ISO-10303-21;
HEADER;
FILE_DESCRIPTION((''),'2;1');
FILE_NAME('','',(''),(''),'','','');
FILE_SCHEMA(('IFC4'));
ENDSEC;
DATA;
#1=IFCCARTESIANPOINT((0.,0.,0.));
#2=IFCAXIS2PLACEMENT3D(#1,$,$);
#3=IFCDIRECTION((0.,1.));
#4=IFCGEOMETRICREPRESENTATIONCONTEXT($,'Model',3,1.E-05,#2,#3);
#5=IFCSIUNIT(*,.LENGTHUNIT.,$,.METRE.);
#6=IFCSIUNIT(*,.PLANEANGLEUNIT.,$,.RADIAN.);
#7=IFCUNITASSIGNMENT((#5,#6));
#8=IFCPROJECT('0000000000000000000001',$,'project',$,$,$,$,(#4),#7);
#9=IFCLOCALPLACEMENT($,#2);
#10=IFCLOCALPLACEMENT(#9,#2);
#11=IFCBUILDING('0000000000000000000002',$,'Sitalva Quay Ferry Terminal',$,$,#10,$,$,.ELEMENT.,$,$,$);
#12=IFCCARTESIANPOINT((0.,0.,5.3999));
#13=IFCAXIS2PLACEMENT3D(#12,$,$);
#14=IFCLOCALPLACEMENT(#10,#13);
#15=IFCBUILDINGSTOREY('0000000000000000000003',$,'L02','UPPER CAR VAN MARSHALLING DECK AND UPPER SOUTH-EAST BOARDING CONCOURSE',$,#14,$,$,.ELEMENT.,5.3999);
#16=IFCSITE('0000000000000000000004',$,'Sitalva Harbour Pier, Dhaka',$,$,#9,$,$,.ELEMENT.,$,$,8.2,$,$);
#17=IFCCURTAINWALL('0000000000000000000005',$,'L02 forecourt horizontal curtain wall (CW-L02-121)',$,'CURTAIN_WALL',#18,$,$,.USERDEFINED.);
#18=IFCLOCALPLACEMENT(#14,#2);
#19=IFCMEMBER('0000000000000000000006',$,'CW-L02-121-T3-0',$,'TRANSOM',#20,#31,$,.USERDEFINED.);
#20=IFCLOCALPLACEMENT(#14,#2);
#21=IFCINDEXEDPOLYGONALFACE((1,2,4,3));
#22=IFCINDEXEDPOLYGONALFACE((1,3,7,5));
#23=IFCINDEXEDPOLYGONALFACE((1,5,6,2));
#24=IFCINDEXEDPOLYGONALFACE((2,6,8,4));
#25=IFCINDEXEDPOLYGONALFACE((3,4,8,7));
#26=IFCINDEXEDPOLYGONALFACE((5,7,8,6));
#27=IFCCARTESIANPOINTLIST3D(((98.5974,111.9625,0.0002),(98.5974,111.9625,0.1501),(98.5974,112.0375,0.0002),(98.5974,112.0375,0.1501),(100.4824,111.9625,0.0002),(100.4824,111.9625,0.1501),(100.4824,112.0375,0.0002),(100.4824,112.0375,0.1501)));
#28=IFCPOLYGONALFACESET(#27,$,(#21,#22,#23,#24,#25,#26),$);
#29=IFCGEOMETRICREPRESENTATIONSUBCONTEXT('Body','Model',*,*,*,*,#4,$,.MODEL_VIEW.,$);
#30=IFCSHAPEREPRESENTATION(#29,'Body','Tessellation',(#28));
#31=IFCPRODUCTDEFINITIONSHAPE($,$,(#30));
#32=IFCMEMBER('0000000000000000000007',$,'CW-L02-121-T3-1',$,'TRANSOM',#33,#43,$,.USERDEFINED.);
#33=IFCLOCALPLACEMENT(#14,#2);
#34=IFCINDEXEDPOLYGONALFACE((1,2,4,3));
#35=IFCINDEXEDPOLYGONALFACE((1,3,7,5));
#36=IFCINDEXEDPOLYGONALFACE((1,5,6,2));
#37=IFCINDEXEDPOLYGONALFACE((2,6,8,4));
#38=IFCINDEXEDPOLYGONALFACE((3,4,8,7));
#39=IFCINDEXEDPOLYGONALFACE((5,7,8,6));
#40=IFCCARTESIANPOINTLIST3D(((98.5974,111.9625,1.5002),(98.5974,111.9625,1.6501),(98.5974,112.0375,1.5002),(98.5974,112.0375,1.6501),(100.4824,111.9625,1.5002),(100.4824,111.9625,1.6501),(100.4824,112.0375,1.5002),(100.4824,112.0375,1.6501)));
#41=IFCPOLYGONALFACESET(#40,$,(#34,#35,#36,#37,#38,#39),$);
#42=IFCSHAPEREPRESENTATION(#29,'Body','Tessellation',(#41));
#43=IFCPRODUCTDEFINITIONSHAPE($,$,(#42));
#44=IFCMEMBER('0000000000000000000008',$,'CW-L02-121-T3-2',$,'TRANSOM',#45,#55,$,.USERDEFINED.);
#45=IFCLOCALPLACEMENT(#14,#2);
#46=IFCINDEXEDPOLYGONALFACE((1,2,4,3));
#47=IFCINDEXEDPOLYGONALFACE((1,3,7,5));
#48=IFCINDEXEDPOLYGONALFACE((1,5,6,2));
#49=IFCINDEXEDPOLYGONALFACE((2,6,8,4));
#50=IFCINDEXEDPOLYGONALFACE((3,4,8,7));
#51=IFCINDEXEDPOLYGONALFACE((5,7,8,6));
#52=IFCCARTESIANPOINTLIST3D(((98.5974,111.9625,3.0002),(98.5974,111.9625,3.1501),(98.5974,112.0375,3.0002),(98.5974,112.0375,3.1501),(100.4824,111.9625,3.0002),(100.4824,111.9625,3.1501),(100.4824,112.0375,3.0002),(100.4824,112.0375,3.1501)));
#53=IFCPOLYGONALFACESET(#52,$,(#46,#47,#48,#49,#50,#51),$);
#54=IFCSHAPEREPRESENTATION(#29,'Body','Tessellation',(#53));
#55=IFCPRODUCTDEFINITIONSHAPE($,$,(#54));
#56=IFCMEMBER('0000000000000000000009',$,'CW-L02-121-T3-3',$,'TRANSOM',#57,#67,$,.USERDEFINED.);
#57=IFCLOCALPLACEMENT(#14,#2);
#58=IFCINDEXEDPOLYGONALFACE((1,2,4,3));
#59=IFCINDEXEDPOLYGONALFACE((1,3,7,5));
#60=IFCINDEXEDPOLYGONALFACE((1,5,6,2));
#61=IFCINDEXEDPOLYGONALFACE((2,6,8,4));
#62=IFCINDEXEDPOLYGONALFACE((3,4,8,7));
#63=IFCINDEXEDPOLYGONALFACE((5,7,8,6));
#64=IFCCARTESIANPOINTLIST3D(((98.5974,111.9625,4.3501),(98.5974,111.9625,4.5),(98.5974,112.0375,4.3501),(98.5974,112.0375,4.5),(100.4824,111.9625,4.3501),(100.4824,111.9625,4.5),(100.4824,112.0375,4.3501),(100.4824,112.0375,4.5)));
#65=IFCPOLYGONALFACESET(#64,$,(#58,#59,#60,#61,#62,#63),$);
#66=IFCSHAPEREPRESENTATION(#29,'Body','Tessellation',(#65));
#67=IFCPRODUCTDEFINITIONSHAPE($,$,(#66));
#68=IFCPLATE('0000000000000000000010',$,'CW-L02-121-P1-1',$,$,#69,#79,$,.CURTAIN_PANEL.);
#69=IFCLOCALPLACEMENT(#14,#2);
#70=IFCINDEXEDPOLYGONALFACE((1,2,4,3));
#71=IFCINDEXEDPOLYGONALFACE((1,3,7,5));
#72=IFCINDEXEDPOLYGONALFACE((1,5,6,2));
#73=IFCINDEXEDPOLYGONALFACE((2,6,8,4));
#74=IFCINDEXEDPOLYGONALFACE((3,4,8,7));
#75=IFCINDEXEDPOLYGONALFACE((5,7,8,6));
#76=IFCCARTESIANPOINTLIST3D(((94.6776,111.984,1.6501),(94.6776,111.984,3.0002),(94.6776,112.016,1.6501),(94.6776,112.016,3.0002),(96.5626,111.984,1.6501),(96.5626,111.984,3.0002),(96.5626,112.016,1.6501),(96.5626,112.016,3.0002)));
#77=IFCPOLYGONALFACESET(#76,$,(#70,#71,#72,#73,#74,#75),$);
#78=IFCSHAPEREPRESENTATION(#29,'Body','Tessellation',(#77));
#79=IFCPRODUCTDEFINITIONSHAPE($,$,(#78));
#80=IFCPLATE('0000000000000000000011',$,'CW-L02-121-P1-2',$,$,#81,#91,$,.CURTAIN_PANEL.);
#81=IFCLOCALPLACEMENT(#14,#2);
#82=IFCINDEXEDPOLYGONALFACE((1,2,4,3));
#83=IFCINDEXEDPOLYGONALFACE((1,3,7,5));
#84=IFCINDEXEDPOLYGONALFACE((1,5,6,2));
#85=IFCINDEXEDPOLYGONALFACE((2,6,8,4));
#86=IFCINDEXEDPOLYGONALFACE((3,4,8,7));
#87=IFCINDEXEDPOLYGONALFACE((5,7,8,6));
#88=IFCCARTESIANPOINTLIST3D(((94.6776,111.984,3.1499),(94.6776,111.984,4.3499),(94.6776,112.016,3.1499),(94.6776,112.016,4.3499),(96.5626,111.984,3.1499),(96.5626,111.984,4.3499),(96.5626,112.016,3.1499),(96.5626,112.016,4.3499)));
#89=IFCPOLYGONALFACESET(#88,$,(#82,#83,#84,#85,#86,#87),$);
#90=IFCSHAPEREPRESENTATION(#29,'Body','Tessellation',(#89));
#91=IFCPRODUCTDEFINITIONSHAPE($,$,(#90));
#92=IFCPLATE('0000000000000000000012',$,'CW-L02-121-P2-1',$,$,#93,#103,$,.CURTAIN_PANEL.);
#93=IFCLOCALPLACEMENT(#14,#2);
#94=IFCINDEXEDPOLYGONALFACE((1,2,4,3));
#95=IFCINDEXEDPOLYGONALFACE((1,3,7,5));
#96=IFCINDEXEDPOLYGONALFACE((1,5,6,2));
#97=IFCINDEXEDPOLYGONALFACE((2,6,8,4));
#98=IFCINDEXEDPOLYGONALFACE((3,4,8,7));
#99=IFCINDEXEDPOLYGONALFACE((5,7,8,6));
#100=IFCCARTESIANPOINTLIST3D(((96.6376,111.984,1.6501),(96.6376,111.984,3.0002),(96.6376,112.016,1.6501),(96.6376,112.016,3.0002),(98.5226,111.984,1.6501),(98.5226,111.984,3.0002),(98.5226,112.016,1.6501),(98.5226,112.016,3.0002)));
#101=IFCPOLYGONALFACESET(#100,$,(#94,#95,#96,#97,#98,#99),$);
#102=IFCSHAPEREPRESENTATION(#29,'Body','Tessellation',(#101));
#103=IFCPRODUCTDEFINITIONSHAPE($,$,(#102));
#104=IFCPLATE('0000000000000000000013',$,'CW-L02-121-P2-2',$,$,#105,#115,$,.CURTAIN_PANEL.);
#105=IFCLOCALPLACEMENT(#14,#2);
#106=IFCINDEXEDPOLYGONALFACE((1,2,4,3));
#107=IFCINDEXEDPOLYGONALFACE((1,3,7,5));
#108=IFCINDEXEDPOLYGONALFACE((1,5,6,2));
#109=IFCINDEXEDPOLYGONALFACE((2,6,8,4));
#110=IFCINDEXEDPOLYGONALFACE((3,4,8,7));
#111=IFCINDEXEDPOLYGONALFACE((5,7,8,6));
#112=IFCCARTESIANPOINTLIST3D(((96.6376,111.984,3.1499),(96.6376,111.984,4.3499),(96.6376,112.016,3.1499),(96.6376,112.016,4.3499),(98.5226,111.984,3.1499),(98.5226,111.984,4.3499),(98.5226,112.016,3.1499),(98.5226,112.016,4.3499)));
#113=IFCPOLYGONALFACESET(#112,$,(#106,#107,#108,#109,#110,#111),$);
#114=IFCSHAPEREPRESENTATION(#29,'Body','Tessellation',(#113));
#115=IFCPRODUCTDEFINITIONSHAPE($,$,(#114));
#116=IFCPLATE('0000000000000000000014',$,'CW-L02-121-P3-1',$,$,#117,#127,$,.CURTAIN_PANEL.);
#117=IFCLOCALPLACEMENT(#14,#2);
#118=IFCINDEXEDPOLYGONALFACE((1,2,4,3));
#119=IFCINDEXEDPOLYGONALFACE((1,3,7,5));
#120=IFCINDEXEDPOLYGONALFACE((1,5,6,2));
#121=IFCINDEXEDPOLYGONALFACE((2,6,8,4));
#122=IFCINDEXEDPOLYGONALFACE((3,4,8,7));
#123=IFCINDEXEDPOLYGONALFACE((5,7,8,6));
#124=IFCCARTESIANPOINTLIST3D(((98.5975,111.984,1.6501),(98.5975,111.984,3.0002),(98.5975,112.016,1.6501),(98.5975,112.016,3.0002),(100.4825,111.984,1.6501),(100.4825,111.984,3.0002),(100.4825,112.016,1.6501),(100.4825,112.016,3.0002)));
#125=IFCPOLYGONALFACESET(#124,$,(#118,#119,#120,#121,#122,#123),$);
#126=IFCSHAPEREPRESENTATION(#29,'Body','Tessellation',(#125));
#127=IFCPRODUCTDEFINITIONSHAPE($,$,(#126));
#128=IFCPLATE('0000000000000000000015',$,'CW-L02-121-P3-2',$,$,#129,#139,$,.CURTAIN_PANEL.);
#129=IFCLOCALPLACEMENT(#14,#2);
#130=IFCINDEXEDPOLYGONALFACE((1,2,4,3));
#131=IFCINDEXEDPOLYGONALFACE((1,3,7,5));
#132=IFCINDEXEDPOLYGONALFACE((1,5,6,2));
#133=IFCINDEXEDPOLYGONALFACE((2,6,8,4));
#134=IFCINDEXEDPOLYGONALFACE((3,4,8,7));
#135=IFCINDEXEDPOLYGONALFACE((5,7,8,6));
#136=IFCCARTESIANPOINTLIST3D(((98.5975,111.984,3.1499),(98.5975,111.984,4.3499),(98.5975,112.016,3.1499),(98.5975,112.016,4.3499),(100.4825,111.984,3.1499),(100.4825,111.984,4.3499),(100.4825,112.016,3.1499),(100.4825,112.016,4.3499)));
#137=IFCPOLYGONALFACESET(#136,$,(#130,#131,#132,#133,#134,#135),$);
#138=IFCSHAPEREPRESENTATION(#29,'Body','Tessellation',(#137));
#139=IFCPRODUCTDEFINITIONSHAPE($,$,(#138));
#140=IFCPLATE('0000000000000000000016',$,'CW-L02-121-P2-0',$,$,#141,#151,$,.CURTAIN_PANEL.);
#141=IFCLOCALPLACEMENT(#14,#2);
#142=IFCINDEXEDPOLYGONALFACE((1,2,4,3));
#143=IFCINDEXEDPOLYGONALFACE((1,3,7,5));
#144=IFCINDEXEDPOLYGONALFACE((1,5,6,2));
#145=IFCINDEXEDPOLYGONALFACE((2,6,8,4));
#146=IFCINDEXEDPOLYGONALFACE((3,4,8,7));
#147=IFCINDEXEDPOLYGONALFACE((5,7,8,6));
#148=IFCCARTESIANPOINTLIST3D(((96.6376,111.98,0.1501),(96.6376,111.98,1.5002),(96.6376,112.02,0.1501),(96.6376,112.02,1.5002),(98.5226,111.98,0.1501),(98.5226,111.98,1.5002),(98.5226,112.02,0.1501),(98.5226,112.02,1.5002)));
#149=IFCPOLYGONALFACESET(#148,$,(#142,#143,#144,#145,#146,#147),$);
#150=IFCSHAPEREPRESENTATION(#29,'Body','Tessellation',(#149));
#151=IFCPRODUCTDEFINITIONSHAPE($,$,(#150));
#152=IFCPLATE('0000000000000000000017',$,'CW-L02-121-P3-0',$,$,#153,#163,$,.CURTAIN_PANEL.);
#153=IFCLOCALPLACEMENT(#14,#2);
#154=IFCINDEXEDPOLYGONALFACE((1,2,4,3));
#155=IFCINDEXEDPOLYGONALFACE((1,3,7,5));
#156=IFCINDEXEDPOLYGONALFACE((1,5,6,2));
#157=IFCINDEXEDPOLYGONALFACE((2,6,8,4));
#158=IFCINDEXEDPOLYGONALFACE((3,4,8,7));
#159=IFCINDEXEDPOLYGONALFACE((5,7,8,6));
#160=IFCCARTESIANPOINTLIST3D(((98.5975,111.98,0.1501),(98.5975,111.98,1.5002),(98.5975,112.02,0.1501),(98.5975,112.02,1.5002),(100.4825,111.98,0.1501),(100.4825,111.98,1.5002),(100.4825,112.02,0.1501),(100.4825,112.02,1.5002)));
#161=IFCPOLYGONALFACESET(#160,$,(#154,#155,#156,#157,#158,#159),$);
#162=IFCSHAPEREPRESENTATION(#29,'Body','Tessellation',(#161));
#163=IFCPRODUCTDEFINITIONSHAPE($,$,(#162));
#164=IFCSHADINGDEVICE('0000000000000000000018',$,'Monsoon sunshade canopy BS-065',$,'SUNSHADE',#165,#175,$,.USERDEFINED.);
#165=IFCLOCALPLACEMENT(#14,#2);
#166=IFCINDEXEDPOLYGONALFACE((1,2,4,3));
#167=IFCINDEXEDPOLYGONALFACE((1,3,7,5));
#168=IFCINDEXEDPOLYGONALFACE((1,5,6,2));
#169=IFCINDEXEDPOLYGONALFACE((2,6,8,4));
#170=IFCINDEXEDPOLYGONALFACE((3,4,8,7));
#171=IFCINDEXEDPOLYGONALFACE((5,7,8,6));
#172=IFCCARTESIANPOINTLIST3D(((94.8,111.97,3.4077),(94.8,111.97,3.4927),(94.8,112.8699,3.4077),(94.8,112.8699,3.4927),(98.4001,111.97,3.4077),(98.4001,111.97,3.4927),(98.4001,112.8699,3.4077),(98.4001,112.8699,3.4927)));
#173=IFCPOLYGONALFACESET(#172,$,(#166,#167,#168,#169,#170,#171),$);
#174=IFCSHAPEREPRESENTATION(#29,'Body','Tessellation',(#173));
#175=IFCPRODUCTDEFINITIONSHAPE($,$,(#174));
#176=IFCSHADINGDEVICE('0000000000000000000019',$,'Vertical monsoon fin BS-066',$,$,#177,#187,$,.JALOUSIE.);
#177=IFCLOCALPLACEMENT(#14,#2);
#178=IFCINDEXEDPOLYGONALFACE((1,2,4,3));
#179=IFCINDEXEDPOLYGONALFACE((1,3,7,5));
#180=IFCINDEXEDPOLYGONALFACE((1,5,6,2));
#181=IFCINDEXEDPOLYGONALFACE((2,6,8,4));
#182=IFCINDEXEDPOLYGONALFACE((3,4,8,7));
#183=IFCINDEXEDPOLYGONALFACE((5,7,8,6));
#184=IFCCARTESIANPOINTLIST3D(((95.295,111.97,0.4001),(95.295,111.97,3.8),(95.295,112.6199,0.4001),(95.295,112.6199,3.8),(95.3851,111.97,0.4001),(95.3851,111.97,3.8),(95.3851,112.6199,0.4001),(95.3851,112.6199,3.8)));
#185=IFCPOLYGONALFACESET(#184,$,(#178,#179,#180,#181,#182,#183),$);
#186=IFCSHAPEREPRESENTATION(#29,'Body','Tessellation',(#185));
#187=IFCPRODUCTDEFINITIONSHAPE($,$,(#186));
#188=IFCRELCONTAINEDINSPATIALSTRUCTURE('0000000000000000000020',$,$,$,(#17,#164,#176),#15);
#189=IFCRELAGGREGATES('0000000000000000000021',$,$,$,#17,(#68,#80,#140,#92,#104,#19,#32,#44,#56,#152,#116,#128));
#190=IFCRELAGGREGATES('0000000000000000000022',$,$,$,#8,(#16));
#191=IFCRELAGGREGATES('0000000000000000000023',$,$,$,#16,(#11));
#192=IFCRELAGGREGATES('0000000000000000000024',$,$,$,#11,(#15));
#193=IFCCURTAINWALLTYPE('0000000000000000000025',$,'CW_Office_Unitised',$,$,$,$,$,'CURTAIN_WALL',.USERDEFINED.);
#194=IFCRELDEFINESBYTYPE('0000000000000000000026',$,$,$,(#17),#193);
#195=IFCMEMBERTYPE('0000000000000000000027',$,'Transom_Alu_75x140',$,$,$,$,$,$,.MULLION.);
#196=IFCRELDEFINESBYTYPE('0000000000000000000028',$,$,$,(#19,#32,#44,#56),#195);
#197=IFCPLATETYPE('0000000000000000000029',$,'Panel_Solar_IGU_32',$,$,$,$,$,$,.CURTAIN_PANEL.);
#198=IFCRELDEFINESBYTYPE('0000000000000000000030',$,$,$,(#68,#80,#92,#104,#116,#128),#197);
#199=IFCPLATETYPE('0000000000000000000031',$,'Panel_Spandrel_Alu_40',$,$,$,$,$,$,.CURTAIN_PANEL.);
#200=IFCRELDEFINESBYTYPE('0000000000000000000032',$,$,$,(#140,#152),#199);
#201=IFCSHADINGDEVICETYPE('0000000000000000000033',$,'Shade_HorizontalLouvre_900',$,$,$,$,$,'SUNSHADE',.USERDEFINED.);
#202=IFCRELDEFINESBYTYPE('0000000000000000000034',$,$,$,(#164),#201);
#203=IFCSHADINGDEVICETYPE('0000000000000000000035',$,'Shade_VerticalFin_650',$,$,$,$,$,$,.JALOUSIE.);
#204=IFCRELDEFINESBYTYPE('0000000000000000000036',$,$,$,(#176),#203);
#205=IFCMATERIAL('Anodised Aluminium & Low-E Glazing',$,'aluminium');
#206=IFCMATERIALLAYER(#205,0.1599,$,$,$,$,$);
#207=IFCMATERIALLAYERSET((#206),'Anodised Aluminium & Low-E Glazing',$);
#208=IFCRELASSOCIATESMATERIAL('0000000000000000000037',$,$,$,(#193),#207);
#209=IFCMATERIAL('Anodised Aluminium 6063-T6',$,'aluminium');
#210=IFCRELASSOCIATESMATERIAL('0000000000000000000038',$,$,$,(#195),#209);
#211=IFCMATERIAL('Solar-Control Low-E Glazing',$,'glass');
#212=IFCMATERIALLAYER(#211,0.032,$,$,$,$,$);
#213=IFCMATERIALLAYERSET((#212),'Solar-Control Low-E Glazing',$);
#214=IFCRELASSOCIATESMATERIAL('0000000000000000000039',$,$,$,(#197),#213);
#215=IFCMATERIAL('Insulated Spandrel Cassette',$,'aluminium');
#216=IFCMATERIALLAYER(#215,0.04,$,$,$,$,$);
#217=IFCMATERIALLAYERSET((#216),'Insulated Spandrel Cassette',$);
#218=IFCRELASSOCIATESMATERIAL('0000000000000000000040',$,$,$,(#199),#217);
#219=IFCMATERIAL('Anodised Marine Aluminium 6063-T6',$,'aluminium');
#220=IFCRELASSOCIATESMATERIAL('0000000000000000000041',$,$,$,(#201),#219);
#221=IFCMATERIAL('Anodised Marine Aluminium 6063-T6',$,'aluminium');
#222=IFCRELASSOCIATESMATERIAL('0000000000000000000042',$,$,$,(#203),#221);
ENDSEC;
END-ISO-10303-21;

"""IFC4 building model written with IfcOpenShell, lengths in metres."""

from ifc_helpers import new_model, si_unit, direction, frame, origin, origin_2d, place, context, subcontext, project, spatial, rectangle, extrude, material, layer, layer_set, material_profile, profile_set, type_object, element, aggregate, save


model = new_model("IFC4")

# Units and contexts
model_context = context("Model", 3, precision=1e-05, world=origin(), true_north=direction((0.0, 1.0)))
body_context = subcontext(model_context, "Body", "Model", "MODEL_VIEW")
ifc_project = project(units=[si_unit("LENGTHUNIT", "METRE"), si_unit("PLANEANGLEUNIT", "RADIAN")], contexts=[model_context])

# Site, building, storey
site_placement = place(None, origin())
site = spatial("IfcSite", under=ifc_project, at=site_placement, Name="Sitalva Harbour Pier, Dhaka", CompositionType="ELEMENT", RefElevation=8.2)
building_placement = place(site_placement, origin())
building = spatial("IfcBuilding", under=site, at=building_placement, Name="Sitalva Quay Ferry Terminal", CompositionType="ELEMENT")
storey_placement = place(building_placement, frame((0.0, 0.0, 5.3999)))
storey = spatial("IfcBuildingStorey", under=building, at=storey_placement, Name="L02", Description="UPPER CAR VAN MARSHALLING DECK AND UPPER SOUTH-EAST BOARDING CONCOURSE", CompositionType="ELEMENT", Elevation=5.3999)

# Curtain wall, members, plates
ifc_material_1 = material(Name="Anodised Aluminium & Low-E Glazing", Category="aluminium")
ifc_layer_1 = layer(ifc_material_1, 0.1599)
ifc_layer_set_1 = layer_set([ifc_layer_1], Name="Anodised Aluminium & Low-E Glazing")
curtain_wall_type = type_object("IfcCurtainWallType", Name="CW_Office_Unitised", ElementType="CURTAIN_WALL", PredefinedType="USERDEFINED", material=ifc_layer_set_1)
curtain_wall_placement = place(storey_placement, origin())
curtain_wall = element("IfcCurtainWall", 1, at=curtain_wall_placement, inside=storey, type_object=curtain_wall_type, Name="L02 forecourt horizontal curtain wall (CW-L02-121)", ObjectType="CURTAIN_WALL", PredefinedType="USERDEFINED")
ifc_material_2 = material(Name="Anodised Aluminium 6063-T6", Category="aluminium")
ifc_material_profile_1 = material_profile(ifc_material_2, rectangle(XDim=0.075, YDim=0.1499, at=origin_2d()), Name="ALU75x150")
ifc_profile_set_1 = profile_set([ifc_material_profile_1], Name="Anodised Aluminium 6063-T6")
member_type_1 = type_object("IfcMemberType", Name="Transom_Alu_75x140", PredefinedType="MULLION", material=ifc_profile_set_1)
member_1_placement = place(storey_placement, frame((98.5974, 112.0, 0.0752), z_axis=(1.0, 0.0, 0.0), x_axis=(0.0, 1.0, 0.0)))
member_1 = element("IfcMember", 2, at=member_1_placement, type_object=member_type_1, Name="CW-L02-121-T3-0", ObjectType="TRANSOM", PredefinedType="USERDEFINED", context=body_context, shape_type="SweptSolid", body=[
    extrude(rectangle(XDim=0.075, YDim=0.1499, at=origin_2d()), origin(), (0.0, 0.0, 1.0), 1.885),
])
member_2_placement = place(storey_placement, frame((98.5974, 112.0, 1.5752), z_axis=(1.0, 0.0, 0.0), x_axis=(0.0, 1.0, 0.0)))
member_2 = element("IfcMember", 3, at=member_2_placement, type_object=member_type_1, Name="CW-L02-121-T3-1", ObjectType="TRANSOM", PredefinedType="USERDEFINED", context=body_context, shape_type="SweptSolid", body=[
    extrude(rectangle(XDim=0.075, YDim=0.1499, at=origin_2d()), origin(), (0.0, 0.0, 1.0), 1.885),
])
member_3_placement = place(storey_placement, frame((98.5974, 112.0, 3.0752), z_axis=(1.0, 0.0, 0.0), x_axis=(0.0, 1.0, 0.0)))
member_3 = element("IfcMember", 4, at=member_3_placement, type_object=member_type_1, Name="CW-L02-121-T3-2", ObjectType="TRANSOM", PredefinedType="USERDEFINED", context=body_context, shape_type="SweptSolid", body=[
    extrude(rectangle(XDim=0.075, YDim=0.1499, at=origin_2d()), origin(), (0.0, 0.0, 1.0), 1.885),
])
member_4_placement = place(storey_placement, frame((98.5974, 112.0, 4.425), z_axis=(1.0, 0.0, 0.0), x_axis=(0.0, 1.0, 0.0)))
member_4 = element("IfcMember", 5, at=member_4_placement, type_object=member_type_1, Name="CW-L02-121-T3-3", ObjectType="TRANSOM", PredefinedType="USERDEFINED", context=body_context, shape_type="SweptSolid", body=[
    extrude(rectangle(XDim=0.075, YDim=0.1499, at=origin_2d()), origin(), (0.0, 0.0, 1.0), 1.885),
])
ifc_material_3 = material(Name="Solar-Control Low-E Glazing", Category="glass")
ifc_layer_2 = layer(ifc_material_3, 0.032)
ifc_layer_set_2 = layer_set([ifc_layer_2], Name="Solar-Control Low-E Glazing")
plate_type_1 = type_object("IfcPlateType", Name="Panel_Solar_IGU_32", PredefinedType="CURTAIN_PANEL", material=ifc_layer_set_2)
plate_1_placement = place(storey_placement, frame((95.6201, 112.0, 1.6501), z_axis=(0.0, 0.0, 1.0), x_axis=(1.0, 0.0, 0.0)))
plate_1 = element("IfcPlate", 6, at=plate_1_placement, type_object=plate_type_1, Name="CW-L02-121-P1-1", PredefinedType="CURTAIN_PANEL", context=body_context, shape_type="SweptSolid", body=[
    extrude(rectangle(XDim=1.885, YDim=0.032, at=origin_2d()), origin(), (0.0, 0.0, 1.0), 1.3501),
])
plate_2_placement = place(storey_placement, frame((95.6201, 112.0, 3.1499), z_axis=(0.0, 0.0, 1.0), x_axis=(1.0, 0.0, 0.0)))
plate_2 = element("IfcPlate", 7, at=plate_2_placement, type_object=plate_type_1, Name="CW-L02-121-P1-2", PredefinedType="CURTAIN_PANEL", context=body_context, shape_type="SweptSolid", body=[
    extrude(rectangle(XDim=1.885, YDim=0.032, at=origin_2d()), origin(), (0.0, 0.0, 1.0), 1.2),
])
plate_3_placement = place(storey_placement, frame((97.5801, 112.0, 1.6501), z_axis=(0.0, 0.0, 1.0), x_axis=(1.0, 0.0, 0.0)))
plate_3 = element("IfcPlate", 8, at=plate_3_placement, type_object=plate_type_1, Name="CW-L02-121-P2-1", PredefinedType="CURTAIN_PANEL", context=body_context, shape_type="SweptSolid", body=[
    extrude(rectangle(XDim=1.885, YDim=0.032, at=origin_2d()), origin(), (0.0, 0.0, 1.0), 1.3501),
])
plate_4_placement = place(storey_placement, frame((97.5801, 112.0, 3.1499), z_axis=(0.0, 0.0, 1.0), x_axis=(1.0, 0.0, 0.0)))
plate_4 = element("IfcPlate", 9, at=plate_4_placement, type_object=plate_type_1, Name="CW-L02-121-P2-2", PredefinedType="CURTAIN_PANEL", context=body_context, shape_type="SweptSolid", body=[
    extrude(rectangle(XDim=1.885, YDim=0.032, at=origin_2d()), origin(), (0.0, 0.0, 1.0), 1.2),
])
plate_5_placement = place(storey_placement, frame((99.54, 112.0, 1.6501), z_axis=(0.0, 0.0, 1.0), x_axis=(1.0, 0.0, 0.0)))
plate_5 = element("IfcPlate", 10, at=plate_5_placement, type_object=plate_type_1, Name="CW-L02-121-P3-1", PredefinedType="CURTAIN_PANEL", context=body_context, shape_type="SweptSolid", body=[
    extrude(rectangle(XDim=1.885, YDim=0.032, at=origin_2d()), origin(), (0.0, 0.0, 1.0), 1.3501),
])
plate_6_placement = place(storey_placement, frame((99.54, 112.0, 3.1499), z_axis=(0.0, 0.0, 1.0), x_axis=(1.0, 0.0, 0.0)))
plate_6 = element("IfcPlate", 11, at=plate_6_placement, type_object=plate_type_1, Name="CW-L02-121-P3-2", PredefinedType="CURTAIN_PANEL", context=body_context, shape_type="SweptSolid", body=[
    extrude(rectangle(XDim=1.885, YDim=0.032, at=origin_2d()), origin(), (0.0, 0.0, 1.0), 1.2),
])
ifc_material_4 = material(Name="Insulated Spandrel Cassette", Category="aluminium")
ifc_layer_3 = layer(ifc_material_4, 0.04)
ifc_layer_set_3 = layer_set([ifc_layer_3], Name="Insulated Spandrel Cassette")
plate_type_2 = type_object("IfcPlateType", Name="Panel_Spandrel_Alu_40", PredefinedType="CURTAIN_PANEL", material=ifc_layer_set_3)
plate_7_placement = place(storey_placement, frame((97.5801, 112.0, 0.1501), z_axis=(0.0, 0.0, 1.0), x_axis=(1.0, 0.0, 0.0)))
plate_7 = element("IfcPlate", 12, at=plate_7_placement, type_object=plate_type_2, Name="CW-L02-121-P2-0", PredefinedType="CURTAIN_PANEL", context=body_context, shape_type="SweptSolid", body=[
    extrude(rectangle(XDim=1.885, YDim=0.04, at=origin_2d()), origin(), (0.0, 0.0, 1.0), 1.3501),
])
plate_8_placement = place(storey_placement, frame((99.54, 112.0, 0.1501), z_axis=(0.0, 0.0, 1.0), x_axis=(1.0, 0.0, 0.0)))
plate_8 = element("IfcPlate", 13, at=plate_8_placement, type_object=plate_type_2, Name="CW-L02-121-P3-0", PredefinedType="CURTAIN_PANEL", context=body_context, shape_type="SweptSolid", body=[
    extrude(rectangle(XDim=1.885, YDim=0.04, at=origin_2d()), origin(), (0.0, 0.0, 1.0), 1.3501),
])
aggregate(curtain_wall, [plate_1, plate_2, plate_7, plate_3, plate_4, member_1, member_2, member_3, member_4, plate_8, plate_5, plate_6])

# Shading devices
ifc_material_5 = material(Name="Anodised Marine Aluminium 6063-T6", Category="aluminium")
shading_device_type_1 = type_object("IfcShadingDeviceType", Name="Shade_HorizontalLouvre_900", ElementType="SUNSHADE", PredefinedType="USERDEFINED", material=ifc_material_5)
shading_device_1_placement = place(storey_placement, frame((96.6001, 112.4199, 3.4077), z_axis=(0.0, 0.0, 1.0), x_axis=(1.0, 0.0, 0.0)))
element("IfcShadingDevice", 14, at=shading_device_1_placement, inside=storey, type_object=shading_device_type_1, Name="Monsoon sunshade canopy BS-065", ObjectType="SUNSHADE", PredefinedType="USERDEFINED", context=body_context, shape_type="SweptSolid", body=[
    extrude(rectangle(XDim=3.6001, YDim=0.8999, at=origin_2d()), origin(), (0.0, 0.0, 1.0), 0.085),
])
ifc_material_6 = material(Name="Anodised Marine Aluminium 6063-T6", Category="aluminium")
shading_device_type_2 = type_object("IfcShadingDeviceType", Name="Shade_VerticalFin_650", PredefinedType="JALOUSIE", material=ifc_material_6)
shading_device_2_placement = place(storey_placement, frame((95.3401, 112.2949, 0.4001), z_axis=(0.0, 0.0, 1.0), x_axis=(1.0, 0.0, 0.0)))
element("IfcShadingDevice", 15, at=shading_device_2_placement, inside=storey, type_object=shading_device_type_2, Name="Vertical monsoon fin BS-066", PredefinedType="JALOUSIE", context=body_context, shape_type="SweptSolid", body=[
    extrude(rectangle(XDim=0.0901, YDim=0.6499, at=origin_2d()), origin(), (0.0, 0.0, 1.0), 3.3999),
])

save(model, "model.ifc")
